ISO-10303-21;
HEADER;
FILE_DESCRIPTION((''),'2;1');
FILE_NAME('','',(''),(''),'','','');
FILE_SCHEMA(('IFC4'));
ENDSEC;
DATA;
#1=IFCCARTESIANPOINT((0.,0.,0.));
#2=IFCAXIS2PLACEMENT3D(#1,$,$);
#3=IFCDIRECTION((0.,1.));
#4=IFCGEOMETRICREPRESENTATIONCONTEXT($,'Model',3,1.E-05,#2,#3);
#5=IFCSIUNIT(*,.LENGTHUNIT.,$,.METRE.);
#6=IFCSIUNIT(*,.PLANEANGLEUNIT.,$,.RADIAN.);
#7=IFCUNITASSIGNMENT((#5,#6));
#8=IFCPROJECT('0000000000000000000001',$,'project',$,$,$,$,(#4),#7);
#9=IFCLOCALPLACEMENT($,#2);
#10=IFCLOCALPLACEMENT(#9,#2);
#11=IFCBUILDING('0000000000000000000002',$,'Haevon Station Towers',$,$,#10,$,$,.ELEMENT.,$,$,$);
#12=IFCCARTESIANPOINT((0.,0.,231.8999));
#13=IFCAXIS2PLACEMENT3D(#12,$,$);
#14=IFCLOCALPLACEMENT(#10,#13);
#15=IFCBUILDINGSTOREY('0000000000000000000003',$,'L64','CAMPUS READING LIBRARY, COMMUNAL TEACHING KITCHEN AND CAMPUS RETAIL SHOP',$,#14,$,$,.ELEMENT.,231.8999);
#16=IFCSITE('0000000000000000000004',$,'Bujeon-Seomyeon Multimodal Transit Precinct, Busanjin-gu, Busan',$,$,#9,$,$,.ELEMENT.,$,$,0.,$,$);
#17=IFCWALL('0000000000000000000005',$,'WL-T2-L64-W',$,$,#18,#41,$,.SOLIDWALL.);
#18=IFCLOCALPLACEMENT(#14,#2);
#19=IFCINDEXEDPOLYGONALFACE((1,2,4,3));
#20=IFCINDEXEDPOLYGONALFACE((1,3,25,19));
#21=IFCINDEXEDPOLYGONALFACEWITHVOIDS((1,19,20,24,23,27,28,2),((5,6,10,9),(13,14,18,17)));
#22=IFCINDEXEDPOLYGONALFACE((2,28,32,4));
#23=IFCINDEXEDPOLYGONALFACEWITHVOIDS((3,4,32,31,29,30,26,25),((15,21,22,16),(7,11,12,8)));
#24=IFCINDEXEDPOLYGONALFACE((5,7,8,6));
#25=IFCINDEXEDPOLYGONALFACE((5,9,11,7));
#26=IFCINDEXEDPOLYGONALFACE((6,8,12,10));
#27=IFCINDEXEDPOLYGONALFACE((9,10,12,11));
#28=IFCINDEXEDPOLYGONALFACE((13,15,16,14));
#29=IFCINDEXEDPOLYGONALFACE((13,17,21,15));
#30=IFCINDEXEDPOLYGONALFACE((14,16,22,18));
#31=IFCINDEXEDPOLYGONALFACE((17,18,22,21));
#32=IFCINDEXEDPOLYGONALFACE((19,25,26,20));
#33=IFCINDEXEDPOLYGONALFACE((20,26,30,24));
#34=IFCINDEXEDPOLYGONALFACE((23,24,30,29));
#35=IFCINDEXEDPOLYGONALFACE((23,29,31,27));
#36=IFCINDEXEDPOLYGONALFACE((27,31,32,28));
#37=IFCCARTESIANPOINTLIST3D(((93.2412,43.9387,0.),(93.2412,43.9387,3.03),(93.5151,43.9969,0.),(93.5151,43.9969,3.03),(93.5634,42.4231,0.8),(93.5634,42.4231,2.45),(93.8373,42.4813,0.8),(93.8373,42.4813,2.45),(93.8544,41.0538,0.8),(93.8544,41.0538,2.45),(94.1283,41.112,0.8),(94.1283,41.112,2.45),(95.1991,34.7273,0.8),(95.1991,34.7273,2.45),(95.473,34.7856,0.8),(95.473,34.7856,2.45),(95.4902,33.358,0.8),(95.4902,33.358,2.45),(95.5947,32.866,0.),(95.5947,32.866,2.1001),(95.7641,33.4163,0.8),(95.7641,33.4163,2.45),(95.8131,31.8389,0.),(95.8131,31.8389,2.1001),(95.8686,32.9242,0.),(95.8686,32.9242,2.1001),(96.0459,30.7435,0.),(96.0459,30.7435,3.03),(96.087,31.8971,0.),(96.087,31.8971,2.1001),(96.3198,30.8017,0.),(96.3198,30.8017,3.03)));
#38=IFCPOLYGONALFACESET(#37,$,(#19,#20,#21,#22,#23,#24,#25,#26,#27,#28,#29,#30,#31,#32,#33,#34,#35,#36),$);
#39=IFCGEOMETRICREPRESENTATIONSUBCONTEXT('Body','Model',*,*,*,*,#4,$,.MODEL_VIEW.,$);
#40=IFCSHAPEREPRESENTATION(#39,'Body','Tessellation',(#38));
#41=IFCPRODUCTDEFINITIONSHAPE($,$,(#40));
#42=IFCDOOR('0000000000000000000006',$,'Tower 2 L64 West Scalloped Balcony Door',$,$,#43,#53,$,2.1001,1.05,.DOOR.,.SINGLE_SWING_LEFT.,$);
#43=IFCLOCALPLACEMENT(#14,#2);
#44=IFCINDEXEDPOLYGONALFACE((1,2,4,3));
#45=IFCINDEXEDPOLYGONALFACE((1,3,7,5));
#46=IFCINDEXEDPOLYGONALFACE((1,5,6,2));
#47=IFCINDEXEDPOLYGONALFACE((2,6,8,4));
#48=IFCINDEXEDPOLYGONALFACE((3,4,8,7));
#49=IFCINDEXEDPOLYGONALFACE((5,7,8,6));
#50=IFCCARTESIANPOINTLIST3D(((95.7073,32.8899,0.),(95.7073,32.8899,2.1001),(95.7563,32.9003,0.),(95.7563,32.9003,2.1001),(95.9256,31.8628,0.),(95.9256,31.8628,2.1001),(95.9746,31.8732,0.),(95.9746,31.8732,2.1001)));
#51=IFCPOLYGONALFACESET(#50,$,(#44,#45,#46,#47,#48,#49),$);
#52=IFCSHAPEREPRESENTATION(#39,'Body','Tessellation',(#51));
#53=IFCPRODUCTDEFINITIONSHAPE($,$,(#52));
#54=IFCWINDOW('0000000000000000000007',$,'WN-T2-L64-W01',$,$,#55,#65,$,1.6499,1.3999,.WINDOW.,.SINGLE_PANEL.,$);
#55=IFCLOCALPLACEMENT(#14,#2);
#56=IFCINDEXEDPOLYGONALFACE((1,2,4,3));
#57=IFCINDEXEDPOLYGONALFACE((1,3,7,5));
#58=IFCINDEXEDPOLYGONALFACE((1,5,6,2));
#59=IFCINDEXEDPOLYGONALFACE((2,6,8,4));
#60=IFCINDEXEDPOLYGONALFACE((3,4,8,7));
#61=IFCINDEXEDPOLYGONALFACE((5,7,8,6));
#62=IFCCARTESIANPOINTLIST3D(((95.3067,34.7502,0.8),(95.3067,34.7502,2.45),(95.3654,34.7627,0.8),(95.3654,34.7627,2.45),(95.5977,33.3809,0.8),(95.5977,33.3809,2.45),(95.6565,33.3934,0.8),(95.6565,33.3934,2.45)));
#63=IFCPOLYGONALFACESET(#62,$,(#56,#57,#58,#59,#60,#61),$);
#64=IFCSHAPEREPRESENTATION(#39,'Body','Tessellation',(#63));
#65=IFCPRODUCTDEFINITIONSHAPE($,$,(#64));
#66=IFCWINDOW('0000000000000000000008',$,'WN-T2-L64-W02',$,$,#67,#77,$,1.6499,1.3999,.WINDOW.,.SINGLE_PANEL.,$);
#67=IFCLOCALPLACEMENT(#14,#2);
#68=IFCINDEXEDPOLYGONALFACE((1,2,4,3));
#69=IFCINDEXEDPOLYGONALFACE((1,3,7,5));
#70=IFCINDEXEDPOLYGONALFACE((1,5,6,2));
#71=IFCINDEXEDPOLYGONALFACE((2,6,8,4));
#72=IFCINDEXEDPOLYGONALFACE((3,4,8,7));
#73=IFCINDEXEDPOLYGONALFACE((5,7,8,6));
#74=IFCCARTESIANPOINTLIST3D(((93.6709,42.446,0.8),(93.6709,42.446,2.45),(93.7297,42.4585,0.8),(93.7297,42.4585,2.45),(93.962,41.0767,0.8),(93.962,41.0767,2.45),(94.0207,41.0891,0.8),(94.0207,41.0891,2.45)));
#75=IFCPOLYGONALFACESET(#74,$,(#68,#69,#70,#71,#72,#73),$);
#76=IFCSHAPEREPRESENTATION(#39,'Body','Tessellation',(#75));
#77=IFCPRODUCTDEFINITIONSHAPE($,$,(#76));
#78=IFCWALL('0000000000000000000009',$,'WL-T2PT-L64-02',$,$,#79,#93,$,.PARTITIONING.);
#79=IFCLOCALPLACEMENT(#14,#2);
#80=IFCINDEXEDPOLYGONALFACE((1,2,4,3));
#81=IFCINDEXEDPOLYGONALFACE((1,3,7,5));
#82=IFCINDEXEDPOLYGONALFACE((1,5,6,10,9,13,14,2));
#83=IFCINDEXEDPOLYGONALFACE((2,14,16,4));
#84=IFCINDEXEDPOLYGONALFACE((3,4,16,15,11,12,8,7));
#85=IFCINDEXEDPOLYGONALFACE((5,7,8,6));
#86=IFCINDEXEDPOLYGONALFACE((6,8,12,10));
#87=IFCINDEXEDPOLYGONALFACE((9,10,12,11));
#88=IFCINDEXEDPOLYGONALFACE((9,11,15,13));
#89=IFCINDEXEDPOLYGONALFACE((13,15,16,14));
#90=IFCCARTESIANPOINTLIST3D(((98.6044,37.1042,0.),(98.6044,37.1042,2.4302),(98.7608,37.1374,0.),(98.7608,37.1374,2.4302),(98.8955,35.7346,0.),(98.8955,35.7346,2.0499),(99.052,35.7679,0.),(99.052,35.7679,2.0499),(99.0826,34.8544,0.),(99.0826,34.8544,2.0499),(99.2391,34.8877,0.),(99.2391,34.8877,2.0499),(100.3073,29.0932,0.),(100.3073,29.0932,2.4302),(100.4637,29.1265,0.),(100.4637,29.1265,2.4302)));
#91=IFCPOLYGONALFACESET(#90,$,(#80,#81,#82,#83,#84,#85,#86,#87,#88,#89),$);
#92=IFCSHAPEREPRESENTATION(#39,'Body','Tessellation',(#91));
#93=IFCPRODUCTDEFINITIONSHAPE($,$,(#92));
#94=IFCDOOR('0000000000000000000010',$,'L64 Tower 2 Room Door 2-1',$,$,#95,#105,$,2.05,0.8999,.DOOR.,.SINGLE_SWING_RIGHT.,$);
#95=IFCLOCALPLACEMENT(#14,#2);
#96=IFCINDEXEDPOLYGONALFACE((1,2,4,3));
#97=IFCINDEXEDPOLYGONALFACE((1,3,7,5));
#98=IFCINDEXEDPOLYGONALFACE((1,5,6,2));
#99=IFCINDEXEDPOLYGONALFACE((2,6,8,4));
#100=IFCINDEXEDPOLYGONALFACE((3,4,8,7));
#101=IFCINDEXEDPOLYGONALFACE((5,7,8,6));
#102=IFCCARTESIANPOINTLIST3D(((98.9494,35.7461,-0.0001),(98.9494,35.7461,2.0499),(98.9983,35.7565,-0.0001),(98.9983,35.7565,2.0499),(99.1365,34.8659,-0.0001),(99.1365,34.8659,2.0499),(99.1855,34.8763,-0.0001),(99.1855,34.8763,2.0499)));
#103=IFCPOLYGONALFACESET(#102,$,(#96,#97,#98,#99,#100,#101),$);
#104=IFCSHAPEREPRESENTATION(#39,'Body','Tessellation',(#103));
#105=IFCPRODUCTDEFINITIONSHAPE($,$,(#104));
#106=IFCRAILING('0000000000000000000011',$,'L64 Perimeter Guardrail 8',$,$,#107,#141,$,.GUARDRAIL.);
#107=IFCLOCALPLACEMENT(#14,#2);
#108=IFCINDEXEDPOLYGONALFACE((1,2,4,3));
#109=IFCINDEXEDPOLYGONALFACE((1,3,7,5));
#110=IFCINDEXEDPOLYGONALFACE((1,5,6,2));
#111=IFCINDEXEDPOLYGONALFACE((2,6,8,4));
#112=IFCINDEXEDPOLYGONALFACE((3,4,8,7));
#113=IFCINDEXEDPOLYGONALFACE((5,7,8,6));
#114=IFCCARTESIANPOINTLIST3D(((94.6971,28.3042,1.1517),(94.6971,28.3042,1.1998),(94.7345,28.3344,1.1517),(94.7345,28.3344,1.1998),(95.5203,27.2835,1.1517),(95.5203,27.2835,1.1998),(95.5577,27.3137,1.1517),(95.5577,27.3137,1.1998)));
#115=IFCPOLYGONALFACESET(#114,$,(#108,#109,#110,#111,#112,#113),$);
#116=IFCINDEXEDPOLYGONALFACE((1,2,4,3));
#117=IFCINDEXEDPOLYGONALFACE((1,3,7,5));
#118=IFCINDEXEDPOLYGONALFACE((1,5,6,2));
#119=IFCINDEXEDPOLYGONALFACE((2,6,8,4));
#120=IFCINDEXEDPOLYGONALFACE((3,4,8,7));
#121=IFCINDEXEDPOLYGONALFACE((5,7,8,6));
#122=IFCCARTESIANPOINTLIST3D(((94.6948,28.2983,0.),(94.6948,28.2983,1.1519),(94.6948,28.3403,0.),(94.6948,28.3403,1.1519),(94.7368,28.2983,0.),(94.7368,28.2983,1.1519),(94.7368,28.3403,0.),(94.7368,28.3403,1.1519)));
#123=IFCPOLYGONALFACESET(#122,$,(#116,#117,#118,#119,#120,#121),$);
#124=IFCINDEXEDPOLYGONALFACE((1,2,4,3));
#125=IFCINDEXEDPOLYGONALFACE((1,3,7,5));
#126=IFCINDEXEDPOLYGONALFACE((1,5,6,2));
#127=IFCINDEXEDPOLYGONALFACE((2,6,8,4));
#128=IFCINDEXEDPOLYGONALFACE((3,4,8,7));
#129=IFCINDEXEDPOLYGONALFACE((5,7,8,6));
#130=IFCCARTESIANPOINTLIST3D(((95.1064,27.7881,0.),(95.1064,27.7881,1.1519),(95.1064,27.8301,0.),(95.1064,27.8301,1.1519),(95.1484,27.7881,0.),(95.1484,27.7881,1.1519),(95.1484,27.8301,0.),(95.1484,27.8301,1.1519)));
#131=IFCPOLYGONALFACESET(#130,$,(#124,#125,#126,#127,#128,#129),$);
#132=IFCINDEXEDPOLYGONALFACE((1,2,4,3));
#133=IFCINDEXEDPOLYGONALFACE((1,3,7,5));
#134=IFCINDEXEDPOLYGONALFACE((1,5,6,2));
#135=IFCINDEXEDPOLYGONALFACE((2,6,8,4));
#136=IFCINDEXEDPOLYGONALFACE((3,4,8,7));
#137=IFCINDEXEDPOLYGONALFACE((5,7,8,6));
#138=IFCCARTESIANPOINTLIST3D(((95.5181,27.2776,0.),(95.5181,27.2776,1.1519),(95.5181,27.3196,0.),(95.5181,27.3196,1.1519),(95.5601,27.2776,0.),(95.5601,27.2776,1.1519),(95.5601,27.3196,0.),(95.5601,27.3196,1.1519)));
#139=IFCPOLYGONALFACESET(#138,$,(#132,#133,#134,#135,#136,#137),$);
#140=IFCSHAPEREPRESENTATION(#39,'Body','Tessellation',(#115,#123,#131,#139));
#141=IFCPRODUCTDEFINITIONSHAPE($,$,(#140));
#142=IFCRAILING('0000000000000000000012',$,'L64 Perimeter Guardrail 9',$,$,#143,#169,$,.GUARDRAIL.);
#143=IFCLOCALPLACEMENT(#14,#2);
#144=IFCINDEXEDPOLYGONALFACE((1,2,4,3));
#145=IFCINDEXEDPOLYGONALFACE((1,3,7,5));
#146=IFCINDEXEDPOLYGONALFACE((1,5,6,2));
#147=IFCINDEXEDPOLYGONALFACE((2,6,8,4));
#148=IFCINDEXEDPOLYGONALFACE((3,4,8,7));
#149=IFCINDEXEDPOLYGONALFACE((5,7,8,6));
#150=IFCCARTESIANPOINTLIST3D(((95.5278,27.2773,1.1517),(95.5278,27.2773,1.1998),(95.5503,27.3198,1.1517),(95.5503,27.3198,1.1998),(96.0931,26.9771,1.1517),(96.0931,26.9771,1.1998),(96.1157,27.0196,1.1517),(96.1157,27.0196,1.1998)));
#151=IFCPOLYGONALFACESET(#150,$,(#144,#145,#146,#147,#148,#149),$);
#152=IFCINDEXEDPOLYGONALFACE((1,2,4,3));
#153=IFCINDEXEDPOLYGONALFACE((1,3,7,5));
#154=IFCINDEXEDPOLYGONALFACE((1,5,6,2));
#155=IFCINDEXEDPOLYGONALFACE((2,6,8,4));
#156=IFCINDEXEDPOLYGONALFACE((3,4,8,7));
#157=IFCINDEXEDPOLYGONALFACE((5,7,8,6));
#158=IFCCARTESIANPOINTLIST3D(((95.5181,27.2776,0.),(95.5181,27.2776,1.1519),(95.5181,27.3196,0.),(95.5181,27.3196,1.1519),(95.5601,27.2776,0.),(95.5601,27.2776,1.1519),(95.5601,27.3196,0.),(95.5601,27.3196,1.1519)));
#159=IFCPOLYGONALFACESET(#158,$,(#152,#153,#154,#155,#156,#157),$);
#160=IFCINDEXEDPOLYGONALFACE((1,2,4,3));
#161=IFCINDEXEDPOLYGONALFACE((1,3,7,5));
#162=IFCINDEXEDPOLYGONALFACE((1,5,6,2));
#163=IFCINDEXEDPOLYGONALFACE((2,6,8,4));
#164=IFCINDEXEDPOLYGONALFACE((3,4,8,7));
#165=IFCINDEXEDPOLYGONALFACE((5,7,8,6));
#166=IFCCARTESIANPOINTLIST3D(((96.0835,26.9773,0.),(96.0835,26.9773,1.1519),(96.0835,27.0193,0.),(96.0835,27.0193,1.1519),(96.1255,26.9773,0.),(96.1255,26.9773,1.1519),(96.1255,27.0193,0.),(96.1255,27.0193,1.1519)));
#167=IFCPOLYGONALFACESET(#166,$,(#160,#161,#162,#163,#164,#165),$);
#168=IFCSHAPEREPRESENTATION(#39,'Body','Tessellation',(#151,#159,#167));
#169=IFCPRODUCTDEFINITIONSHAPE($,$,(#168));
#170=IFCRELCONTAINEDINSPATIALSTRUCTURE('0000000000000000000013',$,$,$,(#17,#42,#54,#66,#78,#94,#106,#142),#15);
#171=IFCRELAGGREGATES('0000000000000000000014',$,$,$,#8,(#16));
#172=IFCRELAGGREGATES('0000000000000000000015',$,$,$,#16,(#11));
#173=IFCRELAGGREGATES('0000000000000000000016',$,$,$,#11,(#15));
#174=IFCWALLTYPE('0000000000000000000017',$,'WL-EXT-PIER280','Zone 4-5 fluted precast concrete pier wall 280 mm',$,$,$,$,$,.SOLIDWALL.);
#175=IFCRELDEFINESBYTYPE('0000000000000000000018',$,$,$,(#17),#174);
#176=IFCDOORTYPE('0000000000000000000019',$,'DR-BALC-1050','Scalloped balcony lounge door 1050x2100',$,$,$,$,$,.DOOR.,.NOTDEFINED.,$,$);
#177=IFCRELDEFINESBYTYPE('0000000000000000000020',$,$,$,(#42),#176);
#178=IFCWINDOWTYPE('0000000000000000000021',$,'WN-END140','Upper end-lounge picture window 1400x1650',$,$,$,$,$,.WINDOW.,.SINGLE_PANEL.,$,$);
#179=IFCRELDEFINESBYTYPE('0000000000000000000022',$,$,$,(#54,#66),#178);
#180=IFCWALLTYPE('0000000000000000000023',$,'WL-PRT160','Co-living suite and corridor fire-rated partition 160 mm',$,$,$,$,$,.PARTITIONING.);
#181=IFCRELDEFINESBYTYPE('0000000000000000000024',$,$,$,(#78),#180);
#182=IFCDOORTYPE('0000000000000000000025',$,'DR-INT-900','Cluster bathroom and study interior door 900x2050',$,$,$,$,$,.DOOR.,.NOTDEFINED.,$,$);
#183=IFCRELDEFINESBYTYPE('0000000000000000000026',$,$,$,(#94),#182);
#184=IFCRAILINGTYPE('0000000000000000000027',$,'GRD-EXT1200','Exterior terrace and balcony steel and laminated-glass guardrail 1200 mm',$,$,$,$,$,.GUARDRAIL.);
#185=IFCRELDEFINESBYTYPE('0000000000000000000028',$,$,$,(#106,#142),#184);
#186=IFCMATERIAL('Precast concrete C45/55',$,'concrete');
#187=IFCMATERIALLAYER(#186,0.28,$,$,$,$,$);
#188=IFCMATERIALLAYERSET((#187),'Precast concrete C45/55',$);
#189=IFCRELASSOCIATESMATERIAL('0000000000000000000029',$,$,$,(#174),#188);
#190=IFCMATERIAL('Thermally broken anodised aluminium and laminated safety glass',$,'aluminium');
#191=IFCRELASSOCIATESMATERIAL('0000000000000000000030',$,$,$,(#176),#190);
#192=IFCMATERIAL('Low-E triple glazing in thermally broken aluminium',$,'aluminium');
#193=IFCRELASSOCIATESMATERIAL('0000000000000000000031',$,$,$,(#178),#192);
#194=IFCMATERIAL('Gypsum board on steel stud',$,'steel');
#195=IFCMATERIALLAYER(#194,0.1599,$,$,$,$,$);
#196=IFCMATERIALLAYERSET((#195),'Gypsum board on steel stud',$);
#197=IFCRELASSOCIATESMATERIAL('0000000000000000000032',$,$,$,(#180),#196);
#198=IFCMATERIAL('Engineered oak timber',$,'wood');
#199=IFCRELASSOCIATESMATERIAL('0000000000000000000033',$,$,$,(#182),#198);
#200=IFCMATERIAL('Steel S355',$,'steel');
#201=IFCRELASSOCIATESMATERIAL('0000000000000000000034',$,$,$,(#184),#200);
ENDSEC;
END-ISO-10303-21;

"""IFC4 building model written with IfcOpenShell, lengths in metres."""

from ifc_helpers import new_model, si_unit, direction, frame, frame_2d, origin, origin_2d, place, context, subcontext, project, spatial, rectangle, extrude, material, layer, layer_set, type_object, element, fill, save


model = new_model("IFC4")

# Units and contexts
model_context = context("Model", 3, precision=1e-05, world=origin(), true_north=direction((0.0, 1.0)))
body_context = subcontext(model_context, "Body", "Model", "MODEL_VIEW")
ifc_project = project(units=[si_unit("LENGTHUNIT", "METRE"), si_unit("PLANEANGLEUNIT", "RADIAN")], contexts=[model_context])

# Site, building, storey
site_placement = place(None, origin())
site = spatial("IfcSite", under=ifc_project, at=site_placement, Name="Bujeon-Seomyeon Multimodal Transit Precinct, Busanjin-gu, Busan", CompositionType="ELEMENT", RefElevation=0.0)
building_placement = place(site_placement, origin())
building = spatial("IfcBuilding", under=site, at=building_placement, Name="Haevon Station Towers", CompositionType="ELEMENT")
storey_placement = place(building_placement, frame((0.0, 0.0, 231.8999)))
storey = spatial("IfcBuildingStorey", under=building, at=storey_placement, Name="L64", Description="CAMPUS READING LIBRARY, COMMUNAL TEACHING KITCHEN AND CAMPUS RETAIL SHOP", CompositionType="ELEMENT", Elevation=231.8999)

# Shared definitions
ifc_material_1 = material(Name="Steel S355", Category="steel")

# Shared definitions
ifc_material_2 = material(Name="Precast concrete C45/55", Category="concrete")
ifc_layer_1 = layer(ifc_material_2, 0.28)
ifc_layer_set_1 = layer_set([ifc_layer_1], Name="Precast concrete C45/55")
wall_type_1 = type_object("IfcWallType", Name="WL-EXT-PIER280", Description="Zone 4-5 fluted precast concrete pier wall 280 mm", PredefinedType="SOLIDWALL", material=ifc_layer_set_1)

# Wall, openings, door, windows
wall_1_placement = place(storey_placement, frame((96.1829, 30.7725, 0.0), z_axis=(0.0, 0.0, 1.0), x_axis=(-0.207907, 0.978149, 0.0)))
wall_1 = element("IfcWall", 1, at=wall_1_placement, inside=storey, type_object=wall_type_1, Name="WL-T2-L64-W", PredefinedType="SOLIDWALL", context=body_context, shape_type="SweptSolid", body=[
    extrude(rectangle(XDim=13.49, YDim=0.28, at=frame_2d((6.7451, 0.0))), origin(), (0.0, 0.0, 1.0), 3.03),
])
opening_1_placement = place(wall_1_placement, frame((1.1201, 0.0, 0.0)))
opening_1 = element("IfcOpeningElement", 2, at=opening_1_placement, cuts=wall_1, PredefinedType="OPENING", context=body_context, shape_type="SweptSolid", body=[
    extrude(rectangle(XDim=1.05, YDim=2.1001, at=frame_2d((0.5249, 1.05))), frame((0.0, 0.1499, 0.0), z_axis=(0.0, -1.0, 0.0), x_axis=(1.0, 0.0, 0.0)), (0.0, 0.0, 1.0), 0.3),
])
opening_2_placement = place(wall_1_placement, frame((2.6731, 0.0, 0.8)))
opening_2 = element("IfcOpeningElement", 3, at=opening_2_placement, cuts=wall_1, PredefinedType="OPENING", context=body_context, shape_type="SweptSolid", body=[
    extrude(rectangle(XDim=1.3999, YDim=1.6499, at=frame_2d((0.7, 0.825))), frame((0.0, 0.1499, 0.0), z_axis=(0.0, -1.0, 0.0), x_axis=(1.0, 0.0, 0.0)), (0.0, 0.0, 1.0), 0.3),
])
opening_3_placement = place(wall_1_placement, frame((10.5408, 0.0, 0.8)))
opening_3 = element("IfcOpeningElement", 4, at=opening_3_placement, cuts=wall_1, PredefinedType="OPENING", context=body_context, shape_type="SweptSolid", body=[
    extrude(rectangle(XDim=1.3999, YDim=1.6499, at=frame_2d((0.7, 0.825))), frame((0.0, 0.1499, 0.0), z_axis=(0.0, -1.0, 0.0), x_axis=(1.0, 0.0, 0.0)), (0.0, 0.0, 1.0), 0.3),
])
ifc_material_3 = material(Name="Thermally broken anodised aluminium and laminated safety glass", Category="aluminium")
door_type_1 = type_object("IfcDoorType", Name="DR-BALC-1050", Description="Scalloped balcony lounge door 1050x2100", OperationType="NOTDEFINED", PredefinedType="DOOR", material=ifc_material_3)
door_1_placement = place(opening_1_placement, origin())
door_1 = element("IfcDoor", 5, at=door_1_placement, inside=storey, type_object=door_type_1, Name="Tower 2 L64 West Scalloped Balcony Door", OperationType="SINGLE_SWING_LEFT", OverallHeight=2.1001, OverallWidth=1.05, PredefinedType="DOOR", context=body_context, shape_type="SweptSolid", body=[
    extrude(rectangle(XDim=1.05, YDim=2.1001, at=frame_2d((0.5249, 1.05))), frame((0.0, 0.0249, 0.0), z_axis=(0.0, -1.0, 0.0), x_axis=(1.0, 0.0, 0.0)), (0.0, 0.0, 1.0), 0.05),
])
fill(opening_1, door_1)
ifc_material_4 = material(Name="Low-E triple glazing in thermally broken aluminium", Category="aluminium")
window_type = type_object("IfcWindowType", Name="WN-END140", Description="Upper end-lounge picture window 1400x1650", PartitioningType="SINGLE_PANEL", PredefinedType="WINDOW", material=ifc_material_4)
window_1_placement = place(opening_2_placement, origin())
window_1 = element("IfcWindow", 6, at=window_1_placement, inside=storey, type_object=window_type, Name="WN-T2-L64-W01", OverallHeight=1.6499, OverallWidth=1.3999, PartitioningType="SINGLE_PANEL", PredefinedType="WINDOW", context=body_context, shape_type="SweptSolid", body=[
    extrude(rectangle(XDim=1.3999, YDim=1.6499, at=frame_2d((0.7, 0.825))), frame((0.0, 0.03, 0.0), z_axis=(0.0, -1.0, 0.0), x_axis=(1.0, 0.0, 0.0)), (0.0, 0.0, 1.0), 0.0601),
])
fill(opening_2, window_1)
window_2_placement = place(opening_3_placement, origin())
window_2 = element("IfcWindow", 7, at=window_2_placement, inside=storey, type_object=window_type, Name="WN-T2-L64-W02", OverallHeight=1.6499, OverallWidth=1.3999, PartitioningType="SINGLE_PANEL", PredefinedType="WINDOW", context=body_context, shape_type="SweptSolid", body=[
    extrude(rectangle(XDim=1.3999, YDim=1.6499, at=frame_2d((0.7, 0.825))), frame((0.0, 0.03, 0.0), z_axis=(0.0, -1.0, 0.0), x_axis=(1.0, 0.0, 0.0)), (0.0, 0.0, 1.0), 0.0601),
])
fill(opening_3, window_2)

# Wall, opening, door
ifc_material_5 = material(Name="Gypsum board on steel stud", Category="steel")
ifc_layer_2 = layer(ifc_material_5, 0.1599)
ifc_layer_set_2 = layer_set([ifc_layer_2], Name="Gypsum board on steel stud")
wall_type_2 = type_object("IfcWallType", Name="WL-PRT160", Description="Co-living suite and corridor fire-rated partition 160 mm", PredefinedType="PARTITIONING", material=ifc_layer_set_2)
wall_2_placement = place(storey_placement, frame((100.3855, 29.1099, 0.0), z_axis=(0.0, 0.0, 1.0), x_axis=(-0.207923, 0.978145, 0.0)))
wall_2 = element("IfcWall", 8, at=wall_2_placement, inside=storey, type_object=wall_type_2, Name="WL-T2PT-L64-02", PredefinedType="PARTITIONING", context=body_context, shape_type="SweptSolid", body=[
    extrude(rectangle(XDim=8.1899, YDim=0.1599, at=frame_2d((4.095, 0.0))), origin(), (0.0, 0.0, 1.0), 2.4302),
])
opening_4_placement = place(wall_2_placement, frame((5.8899, 0.0, 0.0)))
opening_4 = element("IfcOpeningElement", 9, at=opening_4_placement, cuts=wall_2, PredefinedType="OPENING", context=body_context, shape_type="SweptSolid", body=[
    extrude(rectangle(XDim=0.8999, YDim=2.05, at=frame_2d((0.45, 1.0249))), frame((0.0, 0.0898, 0.0), z_axis=(0.0, -1.0, 0.0), x_axis=(1.0, 0.0, 0.0)), (0.0, 0.0, 1.0), 0.1799),
])
ifc_material_6 = material(Name="Engineered oak timber", Category="wood")
door_type_2 = type_object("IfcDoorType", Name="DR-INT-900", Description="Cluster bathroom and study interior door 900x2050", OperationType="NOTDEFINED", PredefinedType="DOOR", material=ifc_material_6)
door_2_placement = place(opening_4_placement, origin())
door_2 = element("IfcDoor", 10, at=door_2_placement, inside=storey, type_object=door_type_2, Name="L64 Tower 2 Room Door 2-1", OperationType="SINGLE_SWING_RIGHT", OverallHeight=2.05, OverallWidth=0.8999, PredefinedType="DOOR", context=body_context, shape_type="SweptSolid", body=[
    extrude(rectangle(XDim=0.8999, YDim=2.05, at=frame_2d((0.45, 1.0249))), frame((0.0, 0.0249, 0.0), z_axis=(0.0, -1.0, 0.0), x_axis=(1.0, 0.0, 0.0)), (0.0, 0.0, 1.0), 0.05),
])
fill(opening_4, door_2)

# Railings
railing_type = type_object("IfcRailingType", Name="GRD-EXT1200", Description="Exterior terrace and balcony steel and laminated-glass guardrail 1200 mm", PredefinedType="GUARDRAIL", material=ifc_material_1)
railing_1_placement = place(storey_placement, frame((94.7158, 28.3193, 0.0)))
element("IfcRailing", 11, at=railing_1_placement, inside=storey, type_object=railing_type, Name="L64 Perimeter Guardrail 8", PredefinedType="GUARDRAIL", context=body_context, shape_type="SweptSolid", body=[
    extrude(rectangle(XDim=0.0481, YDim=0.0481, at=origin_2d()), frame((0.0, 0.0, 1.1758), z_axis=(0.627778, -0.778392, 0.0), x_axis=(0.778392, 0.627778, 0.0)), (0.0, 0.0, 1.0), 1.3113),
    extrude(rectangle(XDim=0.042, YDim=0.042, at=origin_2d()), origin(), (0.0, 0.0, 1.0), 1.1519),
    extrude(rectangle(XDim=0.042, YDim=0.042, at=origin_2d()), frame((0.4116, -0.5103, 0.0)), (0.0, 0.0, 1.0), 1.1519),
    extrude(rectangle(XDim=0.042, YDim=0.042, at=origin_2d()), frame((0.8232, -1.0208, 0.0)), (0.0, 0.0, 1.0), 1.1519),
])
railing_2_placement = place(storey_placement, frame((95.5391, 27.2986, 0.0)))
element("IfcRailing", 12, at=railing_2_placement, inside=storey, type_object=railing_type, Name="L64 Perimeter Guardrail 9", PredefinedType="GUARDRAIL", context=body_context, shape_type="SweptSolid", body=[
    extrude(rectangle(XDim=0.0481, YDim=0.0481, at=origin_2d()), frame((0.0, 0.0, 1.1758), z_axis=(0.883175, -0.469044, 0.0), x_axis=(0.469044, 0.883175, 0.0)), (0.0, 0.0, 1.0), 0.6401),
    extrude(rectangle(XDim=0.042, YDim=0.042, at=origin_2d()), origin(), (0.0, 0.0, 1.0), 1.1519),
    extrude(rectangle(XDim=0.042, YDim=0.042, at=origin_2d()), frame((0.5654, -0.3003, 0.0)), (0.0, 0.0, 1.0), 1.1519),
])

save(model, "model.ifc")
